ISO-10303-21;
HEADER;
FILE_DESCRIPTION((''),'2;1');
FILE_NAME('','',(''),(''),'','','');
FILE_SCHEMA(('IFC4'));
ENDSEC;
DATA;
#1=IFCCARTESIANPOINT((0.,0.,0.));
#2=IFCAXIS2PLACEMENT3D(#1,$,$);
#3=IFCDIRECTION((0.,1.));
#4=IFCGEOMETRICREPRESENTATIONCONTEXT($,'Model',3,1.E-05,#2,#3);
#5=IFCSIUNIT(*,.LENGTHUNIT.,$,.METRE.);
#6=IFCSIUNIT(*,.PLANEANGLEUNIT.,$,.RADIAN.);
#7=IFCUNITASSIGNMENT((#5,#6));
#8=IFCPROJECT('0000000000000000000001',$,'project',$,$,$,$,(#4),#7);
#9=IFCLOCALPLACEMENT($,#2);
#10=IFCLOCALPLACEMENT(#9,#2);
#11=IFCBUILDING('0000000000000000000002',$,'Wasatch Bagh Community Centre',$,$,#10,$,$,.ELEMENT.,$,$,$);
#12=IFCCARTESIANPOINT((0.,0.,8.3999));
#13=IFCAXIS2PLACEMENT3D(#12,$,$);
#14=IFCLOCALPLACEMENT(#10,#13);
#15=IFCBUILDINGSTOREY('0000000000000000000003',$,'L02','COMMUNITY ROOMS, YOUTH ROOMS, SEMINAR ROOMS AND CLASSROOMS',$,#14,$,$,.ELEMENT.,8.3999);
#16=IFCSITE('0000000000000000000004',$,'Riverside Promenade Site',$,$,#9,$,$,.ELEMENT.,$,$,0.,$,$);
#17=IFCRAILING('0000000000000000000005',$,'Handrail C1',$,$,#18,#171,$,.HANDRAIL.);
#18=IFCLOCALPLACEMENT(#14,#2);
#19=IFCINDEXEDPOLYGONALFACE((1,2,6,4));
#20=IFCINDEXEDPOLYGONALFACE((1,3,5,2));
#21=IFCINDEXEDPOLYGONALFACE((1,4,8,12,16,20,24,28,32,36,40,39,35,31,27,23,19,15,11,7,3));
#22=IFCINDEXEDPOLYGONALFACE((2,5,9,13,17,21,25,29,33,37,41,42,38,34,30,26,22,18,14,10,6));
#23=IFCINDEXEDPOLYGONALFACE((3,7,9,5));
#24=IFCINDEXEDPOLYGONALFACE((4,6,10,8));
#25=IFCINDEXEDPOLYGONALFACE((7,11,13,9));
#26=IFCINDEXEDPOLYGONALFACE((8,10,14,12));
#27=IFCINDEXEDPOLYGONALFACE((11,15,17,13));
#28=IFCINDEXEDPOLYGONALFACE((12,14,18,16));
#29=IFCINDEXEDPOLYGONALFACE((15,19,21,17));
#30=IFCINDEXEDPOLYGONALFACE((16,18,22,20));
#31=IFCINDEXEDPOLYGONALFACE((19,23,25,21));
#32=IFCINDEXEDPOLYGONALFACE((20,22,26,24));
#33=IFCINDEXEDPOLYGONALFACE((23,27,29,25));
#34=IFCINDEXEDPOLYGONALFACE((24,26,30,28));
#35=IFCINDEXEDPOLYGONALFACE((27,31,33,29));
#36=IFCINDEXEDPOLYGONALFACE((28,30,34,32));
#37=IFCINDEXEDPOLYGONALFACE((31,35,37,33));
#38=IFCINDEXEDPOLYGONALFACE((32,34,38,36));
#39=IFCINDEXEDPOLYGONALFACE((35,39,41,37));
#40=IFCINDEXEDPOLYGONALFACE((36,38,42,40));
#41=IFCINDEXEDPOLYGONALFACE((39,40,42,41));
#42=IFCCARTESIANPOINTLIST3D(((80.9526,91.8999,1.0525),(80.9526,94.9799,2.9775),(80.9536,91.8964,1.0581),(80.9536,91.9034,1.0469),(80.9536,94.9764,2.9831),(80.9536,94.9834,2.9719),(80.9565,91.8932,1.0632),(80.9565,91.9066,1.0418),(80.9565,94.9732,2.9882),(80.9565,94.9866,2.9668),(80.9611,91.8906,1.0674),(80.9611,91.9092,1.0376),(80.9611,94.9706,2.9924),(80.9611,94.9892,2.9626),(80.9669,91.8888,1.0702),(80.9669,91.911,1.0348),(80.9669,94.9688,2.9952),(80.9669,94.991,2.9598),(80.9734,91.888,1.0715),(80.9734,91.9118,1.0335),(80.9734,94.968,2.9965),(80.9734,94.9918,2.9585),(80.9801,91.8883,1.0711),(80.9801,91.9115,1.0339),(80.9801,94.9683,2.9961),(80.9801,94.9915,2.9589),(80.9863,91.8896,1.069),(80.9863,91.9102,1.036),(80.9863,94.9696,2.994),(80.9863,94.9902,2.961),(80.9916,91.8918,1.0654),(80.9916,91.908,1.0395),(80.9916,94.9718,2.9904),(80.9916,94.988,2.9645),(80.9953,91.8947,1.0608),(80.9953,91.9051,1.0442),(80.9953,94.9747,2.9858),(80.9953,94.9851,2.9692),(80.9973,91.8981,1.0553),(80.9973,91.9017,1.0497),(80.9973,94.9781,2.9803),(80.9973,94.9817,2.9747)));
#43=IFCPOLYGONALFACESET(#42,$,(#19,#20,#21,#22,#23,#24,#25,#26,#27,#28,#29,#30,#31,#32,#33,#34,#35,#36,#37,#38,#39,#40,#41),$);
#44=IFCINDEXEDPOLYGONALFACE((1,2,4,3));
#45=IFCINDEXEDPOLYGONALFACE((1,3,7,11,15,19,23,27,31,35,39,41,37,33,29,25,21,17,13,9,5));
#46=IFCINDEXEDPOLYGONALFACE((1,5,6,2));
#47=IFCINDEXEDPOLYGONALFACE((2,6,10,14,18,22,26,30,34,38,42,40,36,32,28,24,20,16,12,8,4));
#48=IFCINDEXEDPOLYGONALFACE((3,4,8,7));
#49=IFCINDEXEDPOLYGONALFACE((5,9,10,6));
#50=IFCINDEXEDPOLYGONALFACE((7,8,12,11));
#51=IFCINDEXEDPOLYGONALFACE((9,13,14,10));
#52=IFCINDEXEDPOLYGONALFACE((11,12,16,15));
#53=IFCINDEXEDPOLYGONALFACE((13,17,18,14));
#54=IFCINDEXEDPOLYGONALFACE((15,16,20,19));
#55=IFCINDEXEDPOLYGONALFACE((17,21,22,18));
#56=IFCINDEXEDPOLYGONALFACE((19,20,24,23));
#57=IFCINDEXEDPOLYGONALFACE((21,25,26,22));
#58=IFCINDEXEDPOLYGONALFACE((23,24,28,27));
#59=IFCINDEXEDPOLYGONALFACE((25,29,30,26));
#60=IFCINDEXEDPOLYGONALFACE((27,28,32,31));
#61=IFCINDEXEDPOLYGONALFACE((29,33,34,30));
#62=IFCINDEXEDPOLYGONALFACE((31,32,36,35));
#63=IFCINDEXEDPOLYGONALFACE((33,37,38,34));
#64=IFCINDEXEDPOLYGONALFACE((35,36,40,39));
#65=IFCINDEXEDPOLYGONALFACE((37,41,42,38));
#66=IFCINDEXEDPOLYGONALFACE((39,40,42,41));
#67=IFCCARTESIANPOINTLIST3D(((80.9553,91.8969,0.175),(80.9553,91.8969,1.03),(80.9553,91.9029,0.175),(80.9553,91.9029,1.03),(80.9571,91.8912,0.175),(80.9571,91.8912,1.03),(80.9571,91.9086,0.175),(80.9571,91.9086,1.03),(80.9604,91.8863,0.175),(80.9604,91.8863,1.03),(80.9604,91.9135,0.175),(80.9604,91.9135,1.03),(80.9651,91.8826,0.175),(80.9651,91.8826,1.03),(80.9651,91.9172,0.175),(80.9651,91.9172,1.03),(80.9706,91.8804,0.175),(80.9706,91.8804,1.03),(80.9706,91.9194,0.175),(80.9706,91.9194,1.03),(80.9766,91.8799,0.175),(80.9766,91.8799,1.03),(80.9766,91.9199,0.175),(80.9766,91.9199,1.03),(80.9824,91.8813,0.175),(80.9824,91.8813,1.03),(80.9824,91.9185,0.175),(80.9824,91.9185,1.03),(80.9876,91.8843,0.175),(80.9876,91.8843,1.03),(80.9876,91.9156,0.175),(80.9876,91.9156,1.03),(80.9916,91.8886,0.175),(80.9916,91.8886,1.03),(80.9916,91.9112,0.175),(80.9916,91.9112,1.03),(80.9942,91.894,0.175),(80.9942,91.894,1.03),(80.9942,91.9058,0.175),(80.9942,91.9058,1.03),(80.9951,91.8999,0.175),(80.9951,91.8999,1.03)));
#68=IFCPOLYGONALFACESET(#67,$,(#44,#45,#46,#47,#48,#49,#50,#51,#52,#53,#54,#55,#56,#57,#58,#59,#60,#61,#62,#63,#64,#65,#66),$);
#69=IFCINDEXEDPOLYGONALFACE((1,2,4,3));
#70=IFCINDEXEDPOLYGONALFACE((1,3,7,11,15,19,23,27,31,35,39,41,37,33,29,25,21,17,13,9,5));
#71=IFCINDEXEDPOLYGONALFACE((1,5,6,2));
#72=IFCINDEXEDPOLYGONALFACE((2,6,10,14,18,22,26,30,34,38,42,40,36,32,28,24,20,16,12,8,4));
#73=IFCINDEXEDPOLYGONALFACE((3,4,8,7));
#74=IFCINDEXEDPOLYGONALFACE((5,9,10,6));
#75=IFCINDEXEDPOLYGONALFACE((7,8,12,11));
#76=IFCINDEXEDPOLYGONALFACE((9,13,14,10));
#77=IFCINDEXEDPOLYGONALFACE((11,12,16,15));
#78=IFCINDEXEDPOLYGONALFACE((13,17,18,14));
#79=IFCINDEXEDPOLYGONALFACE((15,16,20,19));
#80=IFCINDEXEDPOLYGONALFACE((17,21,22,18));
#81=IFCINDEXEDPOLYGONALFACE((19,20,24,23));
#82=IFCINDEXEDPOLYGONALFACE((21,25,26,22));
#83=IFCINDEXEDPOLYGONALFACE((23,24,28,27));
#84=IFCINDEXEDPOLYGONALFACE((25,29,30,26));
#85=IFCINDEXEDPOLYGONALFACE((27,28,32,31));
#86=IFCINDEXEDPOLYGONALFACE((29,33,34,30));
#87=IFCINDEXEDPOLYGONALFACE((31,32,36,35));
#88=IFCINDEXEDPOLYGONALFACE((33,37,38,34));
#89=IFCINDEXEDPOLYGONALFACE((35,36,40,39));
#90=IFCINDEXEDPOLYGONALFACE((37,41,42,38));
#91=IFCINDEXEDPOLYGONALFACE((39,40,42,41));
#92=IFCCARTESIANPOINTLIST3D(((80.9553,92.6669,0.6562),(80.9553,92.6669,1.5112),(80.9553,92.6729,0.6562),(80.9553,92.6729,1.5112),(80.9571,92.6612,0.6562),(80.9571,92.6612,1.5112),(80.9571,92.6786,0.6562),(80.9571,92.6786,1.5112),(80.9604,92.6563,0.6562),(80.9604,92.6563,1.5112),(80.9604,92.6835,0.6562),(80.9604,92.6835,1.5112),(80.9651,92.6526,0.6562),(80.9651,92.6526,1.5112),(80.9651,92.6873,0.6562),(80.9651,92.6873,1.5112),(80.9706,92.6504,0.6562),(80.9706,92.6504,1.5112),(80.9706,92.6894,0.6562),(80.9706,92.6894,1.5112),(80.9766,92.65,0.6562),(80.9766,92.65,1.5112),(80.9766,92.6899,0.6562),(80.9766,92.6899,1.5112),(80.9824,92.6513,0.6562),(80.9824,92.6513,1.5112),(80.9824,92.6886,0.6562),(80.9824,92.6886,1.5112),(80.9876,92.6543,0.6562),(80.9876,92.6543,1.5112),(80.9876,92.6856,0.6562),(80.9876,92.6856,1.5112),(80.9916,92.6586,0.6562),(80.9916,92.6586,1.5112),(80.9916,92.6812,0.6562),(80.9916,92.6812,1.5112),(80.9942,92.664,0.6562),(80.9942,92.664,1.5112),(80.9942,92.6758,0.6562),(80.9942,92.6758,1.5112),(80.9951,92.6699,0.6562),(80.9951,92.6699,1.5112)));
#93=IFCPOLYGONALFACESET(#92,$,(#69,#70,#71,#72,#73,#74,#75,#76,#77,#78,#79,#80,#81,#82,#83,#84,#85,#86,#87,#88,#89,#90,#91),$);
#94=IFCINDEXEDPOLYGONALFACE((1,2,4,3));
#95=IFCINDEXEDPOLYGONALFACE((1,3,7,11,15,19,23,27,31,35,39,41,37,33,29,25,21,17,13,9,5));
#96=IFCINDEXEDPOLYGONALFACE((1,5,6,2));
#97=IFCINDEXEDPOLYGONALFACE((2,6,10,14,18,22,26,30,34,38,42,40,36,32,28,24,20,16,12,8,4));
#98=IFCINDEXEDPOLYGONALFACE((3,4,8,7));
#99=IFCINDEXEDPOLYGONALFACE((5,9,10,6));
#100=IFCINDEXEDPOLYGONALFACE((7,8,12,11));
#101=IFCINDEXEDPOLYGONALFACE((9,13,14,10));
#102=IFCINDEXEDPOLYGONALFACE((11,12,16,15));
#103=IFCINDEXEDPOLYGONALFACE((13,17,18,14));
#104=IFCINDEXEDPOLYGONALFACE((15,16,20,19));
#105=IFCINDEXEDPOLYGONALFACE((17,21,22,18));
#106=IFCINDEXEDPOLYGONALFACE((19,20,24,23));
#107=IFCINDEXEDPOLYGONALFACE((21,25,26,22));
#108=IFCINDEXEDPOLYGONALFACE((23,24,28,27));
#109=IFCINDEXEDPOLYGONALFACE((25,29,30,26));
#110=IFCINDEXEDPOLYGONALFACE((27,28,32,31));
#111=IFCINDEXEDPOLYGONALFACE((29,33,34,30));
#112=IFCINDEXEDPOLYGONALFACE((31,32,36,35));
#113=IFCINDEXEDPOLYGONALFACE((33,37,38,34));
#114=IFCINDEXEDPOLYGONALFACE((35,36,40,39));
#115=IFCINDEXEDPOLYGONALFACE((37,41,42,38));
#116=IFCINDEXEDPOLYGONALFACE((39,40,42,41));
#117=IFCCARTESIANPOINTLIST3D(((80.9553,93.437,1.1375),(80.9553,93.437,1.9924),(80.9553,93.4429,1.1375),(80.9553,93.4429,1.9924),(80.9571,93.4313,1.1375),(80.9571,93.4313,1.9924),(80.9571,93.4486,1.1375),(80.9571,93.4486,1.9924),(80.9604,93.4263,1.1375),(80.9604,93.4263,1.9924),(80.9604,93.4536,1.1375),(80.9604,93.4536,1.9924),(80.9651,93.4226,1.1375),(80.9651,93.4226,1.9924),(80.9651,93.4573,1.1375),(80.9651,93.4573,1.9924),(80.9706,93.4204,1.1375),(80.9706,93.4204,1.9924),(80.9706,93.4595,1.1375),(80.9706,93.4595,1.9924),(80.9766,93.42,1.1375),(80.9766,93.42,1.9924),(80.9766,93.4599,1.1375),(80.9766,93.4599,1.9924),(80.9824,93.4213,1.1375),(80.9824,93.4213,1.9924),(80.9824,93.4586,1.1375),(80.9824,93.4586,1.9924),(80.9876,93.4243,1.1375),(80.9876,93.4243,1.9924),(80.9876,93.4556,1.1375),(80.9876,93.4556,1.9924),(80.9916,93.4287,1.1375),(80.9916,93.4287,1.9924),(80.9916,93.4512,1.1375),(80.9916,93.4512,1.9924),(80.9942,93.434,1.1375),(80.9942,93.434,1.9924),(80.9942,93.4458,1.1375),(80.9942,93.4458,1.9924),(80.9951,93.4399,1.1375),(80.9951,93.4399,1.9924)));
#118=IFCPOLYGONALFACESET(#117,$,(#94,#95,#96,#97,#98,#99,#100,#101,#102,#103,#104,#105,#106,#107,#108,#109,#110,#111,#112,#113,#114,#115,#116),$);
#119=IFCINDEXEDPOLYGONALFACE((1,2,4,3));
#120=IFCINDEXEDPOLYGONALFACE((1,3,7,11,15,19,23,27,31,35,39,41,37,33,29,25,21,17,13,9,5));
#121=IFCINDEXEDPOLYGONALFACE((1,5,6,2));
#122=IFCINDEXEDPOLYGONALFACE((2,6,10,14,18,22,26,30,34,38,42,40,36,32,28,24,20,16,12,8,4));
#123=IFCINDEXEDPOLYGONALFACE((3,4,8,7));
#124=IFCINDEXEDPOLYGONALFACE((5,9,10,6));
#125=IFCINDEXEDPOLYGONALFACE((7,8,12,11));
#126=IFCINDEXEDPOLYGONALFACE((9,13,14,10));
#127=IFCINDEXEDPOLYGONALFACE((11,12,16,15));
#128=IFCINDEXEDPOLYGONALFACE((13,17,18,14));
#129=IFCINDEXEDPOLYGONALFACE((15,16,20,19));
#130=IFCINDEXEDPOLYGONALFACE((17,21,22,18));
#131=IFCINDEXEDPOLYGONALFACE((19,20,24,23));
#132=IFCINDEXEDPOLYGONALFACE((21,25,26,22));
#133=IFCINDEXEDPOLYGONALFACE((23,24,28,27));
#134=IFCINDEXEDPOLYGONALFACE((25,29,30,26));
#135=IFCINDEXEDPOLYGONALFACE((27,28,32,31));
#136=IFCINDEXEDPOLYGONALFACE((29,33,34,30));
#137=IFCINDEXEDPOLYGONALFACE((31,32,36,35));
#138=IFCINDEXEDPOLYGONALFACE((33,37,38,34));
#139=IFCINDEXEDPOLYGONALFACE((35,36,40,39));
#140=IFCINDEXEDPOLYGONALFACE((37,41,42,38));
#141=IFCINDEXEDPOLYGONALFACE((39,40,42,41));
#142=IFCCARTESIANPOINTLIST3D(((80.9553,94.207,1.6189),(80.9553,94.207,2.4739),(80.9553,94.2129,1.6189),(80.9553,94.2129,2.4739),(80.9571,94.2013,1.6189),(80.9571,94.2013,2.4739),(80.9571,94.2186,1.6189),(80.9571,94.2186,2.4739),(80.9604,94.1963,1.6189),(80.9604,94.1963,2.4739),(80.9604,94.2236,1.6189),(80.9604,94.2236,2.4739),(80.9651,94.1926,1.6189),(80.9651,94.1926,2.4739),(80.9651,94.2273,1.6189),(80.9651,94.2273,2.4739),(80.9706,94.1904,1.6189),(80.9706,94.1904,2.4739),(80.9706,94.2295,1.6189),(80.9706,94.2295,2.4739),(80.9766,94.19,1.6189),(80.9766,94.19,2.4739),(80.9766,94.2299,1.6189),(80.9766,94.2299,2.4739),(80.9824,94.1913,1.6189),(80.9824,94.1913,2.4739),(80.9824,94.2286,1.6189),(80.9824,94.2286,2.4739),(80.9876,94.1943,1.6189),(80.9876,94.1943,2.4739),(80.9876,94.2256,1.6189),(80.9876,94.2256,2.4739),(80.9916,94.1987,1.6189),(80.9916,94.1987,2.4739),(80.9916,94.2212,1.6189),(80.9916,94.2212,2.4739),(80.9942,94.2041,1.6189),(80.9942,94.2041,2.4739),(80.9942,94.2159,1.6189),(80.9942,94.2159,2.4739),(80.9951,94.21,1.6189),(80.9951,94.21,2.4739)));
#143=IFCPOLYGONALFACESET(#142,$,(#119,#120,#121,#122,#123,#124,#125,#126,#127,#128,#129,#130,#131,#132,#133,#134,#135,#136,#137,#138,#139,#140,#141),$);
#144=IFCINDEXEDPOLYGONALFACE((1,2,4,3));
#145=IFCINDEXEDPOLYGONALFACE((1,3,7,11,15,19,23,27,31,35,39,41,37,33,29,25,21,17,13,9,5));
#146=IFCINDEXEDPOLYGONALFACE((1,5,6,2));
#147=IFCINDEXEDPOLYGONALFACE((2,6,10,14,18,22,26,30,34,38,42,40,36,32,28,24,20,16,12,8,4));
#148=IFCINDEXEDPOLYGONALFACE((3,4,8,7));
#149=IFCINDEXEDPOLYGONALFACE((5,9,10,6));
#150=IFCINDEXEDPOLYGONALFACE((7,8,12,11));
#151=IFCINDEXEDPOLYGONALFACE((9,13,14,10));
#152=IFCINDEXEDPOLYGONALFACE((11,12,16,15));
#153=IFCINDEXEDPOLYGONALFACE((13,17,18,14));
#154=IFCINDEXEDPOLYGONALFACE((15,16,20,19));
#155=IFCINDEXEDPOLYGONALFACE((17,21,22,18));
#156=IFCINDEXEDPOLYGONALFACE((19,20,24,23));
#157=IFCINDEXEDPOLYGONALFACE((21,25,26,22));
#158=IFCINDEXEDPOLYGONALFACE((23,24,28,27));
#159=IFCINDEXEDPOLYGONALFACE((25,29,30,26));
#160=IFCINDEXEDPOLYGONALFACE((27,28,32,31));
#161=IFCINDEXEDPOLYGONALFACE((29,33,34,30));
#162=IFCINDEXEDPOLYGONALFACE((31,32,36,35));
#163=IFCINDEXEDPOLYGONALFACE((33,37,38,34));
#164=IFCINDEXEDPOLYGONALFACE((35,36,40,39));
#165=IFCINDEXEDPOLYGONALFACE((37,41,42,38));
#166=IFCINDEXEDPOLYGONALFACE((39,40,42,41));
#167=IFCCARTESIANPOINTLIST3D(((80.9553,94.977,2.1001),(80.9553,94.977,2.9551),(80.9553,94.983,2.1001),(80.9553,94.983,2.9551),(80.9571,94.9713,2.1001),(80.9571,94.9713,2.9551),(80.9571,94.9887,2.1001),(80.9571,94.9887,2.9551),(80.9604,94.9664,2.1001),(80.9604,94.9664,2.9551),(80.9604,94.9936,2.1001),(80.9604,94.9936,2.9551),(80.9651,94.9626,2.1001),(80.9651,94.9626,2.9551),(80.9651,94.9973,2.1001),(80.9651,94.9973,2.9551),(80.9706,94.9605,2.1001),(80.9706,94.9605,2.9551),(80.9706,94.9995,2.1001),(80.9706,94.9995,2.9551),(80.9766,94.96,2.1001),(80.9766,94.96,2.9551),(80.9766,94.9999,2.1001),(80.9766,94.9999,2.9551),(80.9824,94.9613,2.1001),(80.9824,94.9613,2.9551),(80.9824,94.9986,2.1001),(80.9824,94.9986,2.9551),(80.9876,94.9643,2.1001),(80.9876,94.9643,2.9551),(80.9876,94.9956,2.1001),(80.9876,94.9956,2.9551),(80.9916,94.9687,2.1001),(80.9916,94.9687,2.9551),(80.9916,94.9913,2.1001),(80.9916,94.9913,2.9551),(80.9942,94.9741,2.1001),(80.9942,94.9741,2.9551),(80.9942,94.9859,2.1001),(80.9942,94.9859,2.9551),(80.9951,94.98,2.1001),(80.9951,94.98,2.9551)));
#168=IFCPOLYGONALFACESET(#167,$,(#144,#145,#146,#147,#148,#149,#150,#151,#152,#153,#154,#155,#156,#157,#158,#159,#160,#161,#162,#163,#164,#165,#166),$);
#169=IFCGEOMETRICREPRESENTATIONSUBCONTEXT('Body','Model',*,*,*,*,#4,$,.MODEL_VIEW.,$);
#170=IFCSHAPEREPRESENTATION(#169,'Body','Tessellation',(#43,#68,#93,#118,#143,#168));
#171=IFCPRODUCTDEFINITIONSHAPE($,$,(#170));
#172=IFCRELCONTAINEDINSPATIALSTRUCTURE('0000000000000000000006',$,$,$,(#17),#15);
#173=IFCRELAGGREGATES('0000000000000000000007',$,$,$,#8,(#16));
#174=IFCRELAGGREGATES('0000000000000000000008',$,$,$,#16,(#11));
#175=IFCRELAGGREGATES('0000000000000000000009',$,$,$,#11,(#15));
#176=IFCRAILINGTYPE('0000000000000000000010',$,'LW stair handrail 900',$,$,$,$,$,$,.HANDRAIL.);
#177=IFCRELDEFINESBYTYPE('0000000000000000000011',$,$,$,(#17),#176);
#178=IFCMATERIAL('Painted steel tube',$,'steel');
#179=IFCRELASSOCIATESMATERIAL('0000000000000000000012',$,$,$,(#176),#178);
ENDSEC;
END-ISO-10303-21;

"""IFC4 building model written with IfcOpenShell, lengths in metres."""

from ifc_helpers import new_model, si_unit, direction, frame, origin, origin_2d, place, context, subcontext, project, spatial, circle, extrude, material, type_object, element, save


model = new_model("IFC4")

# Units and contexts
model_context = context("Model", 3, precision=1e-05, world=origin(), true_north=direction((0.0, 1.0)))
body_context = subcontext(model_context, "Body", "Model", "MODEL_VIEW")
ifc_project = project(units=[si_unit("LENGTHUNIT", "METRE"), si_unit("PLANEANGLEUNIT", "RADIAN")], contexts=[model_context])

# Site, building, storey
site_placement = place(None, origin())
site = spatial("IfcSite", under=ifc_project, at=site_placement, Name="Riverside Promenade Site", CompositionType="ELEMENT", RefElevation=0.0)
building_placement = place(site_placement, origin())
building = spatial("IfcBuilding", under=site, at=building_placement, Name="Wasatch Bagh Community Centre", CompositionType="ELEMENT")
storey_placement = place(building_placement, frame((0.0, 0.0, 8.3999)))
storey = spatial("IfcBuildingStorey", under=building, at=storey_placement, Name="L02", Description="COMMUNITY ROOMS, YOUTH ROOMS, SEMINAR ROOMS AND CLASSROOMS", CompositionType="ELEMENT", Elevation=8.3999)

# Railing
ifc_material_1 = material(Name="Painted steel tube", Category="steel")
railing_type_1 = type_object("IfcRailingType", Name="LW stair handrail 900", PredefinedType="HANDRAIL", material=ifc_material_1)
for number, where, name in (
    (1, (80.9751, 91.8999, 0.175), "Handrail C1"),
):
    element("IfcRailing", number, at=place(storey_placement, frame(where)), inside=storey, type_object=railing_type_1, Name=name, PredefinedType="HANDRAIL", context=body_context, shape_type="SweptSolid", body=[
        extrude(circle(Radius=0.0225, at=origin_2d()), frame((0.0, 0.0, 0.8774), z_axis=(0.0, 0.847998, 0.529999), x_axis=(-1.0, 0.0, 0.0)), (0.0, 0.0, 1.0), 3.6321),
        extrude(circle(Radius=0.02, at=origin_2d()), origin(), (0.0, 0.0, 1.0), 0.855),
        extrude(circle(Radius=0.02, at=origin_2d()), frame((0.0, 0.77, 0.4812)), (0.0, 0.0, 1.0), 0.855),
        extrude(circle(Radius=0.02, at=origin_2d()), frame((0.0, 1.54, 0.9624)), (0.0, 0.0, 1.0), 0.855),
        extrude(circle(Radius=0.02, at=origin_2d()), frame((0.0, 2.3101, 1.4438)), (0.0, 0.0, 1.0), 0.855),
        extrude(circle(Radius=0.02, at=origin_2d()), frame((0.0, 3.0801, 1.925)), (0.0, 0.0, 1.0), 0.855),
    ])

save(model, "model.ifc")
